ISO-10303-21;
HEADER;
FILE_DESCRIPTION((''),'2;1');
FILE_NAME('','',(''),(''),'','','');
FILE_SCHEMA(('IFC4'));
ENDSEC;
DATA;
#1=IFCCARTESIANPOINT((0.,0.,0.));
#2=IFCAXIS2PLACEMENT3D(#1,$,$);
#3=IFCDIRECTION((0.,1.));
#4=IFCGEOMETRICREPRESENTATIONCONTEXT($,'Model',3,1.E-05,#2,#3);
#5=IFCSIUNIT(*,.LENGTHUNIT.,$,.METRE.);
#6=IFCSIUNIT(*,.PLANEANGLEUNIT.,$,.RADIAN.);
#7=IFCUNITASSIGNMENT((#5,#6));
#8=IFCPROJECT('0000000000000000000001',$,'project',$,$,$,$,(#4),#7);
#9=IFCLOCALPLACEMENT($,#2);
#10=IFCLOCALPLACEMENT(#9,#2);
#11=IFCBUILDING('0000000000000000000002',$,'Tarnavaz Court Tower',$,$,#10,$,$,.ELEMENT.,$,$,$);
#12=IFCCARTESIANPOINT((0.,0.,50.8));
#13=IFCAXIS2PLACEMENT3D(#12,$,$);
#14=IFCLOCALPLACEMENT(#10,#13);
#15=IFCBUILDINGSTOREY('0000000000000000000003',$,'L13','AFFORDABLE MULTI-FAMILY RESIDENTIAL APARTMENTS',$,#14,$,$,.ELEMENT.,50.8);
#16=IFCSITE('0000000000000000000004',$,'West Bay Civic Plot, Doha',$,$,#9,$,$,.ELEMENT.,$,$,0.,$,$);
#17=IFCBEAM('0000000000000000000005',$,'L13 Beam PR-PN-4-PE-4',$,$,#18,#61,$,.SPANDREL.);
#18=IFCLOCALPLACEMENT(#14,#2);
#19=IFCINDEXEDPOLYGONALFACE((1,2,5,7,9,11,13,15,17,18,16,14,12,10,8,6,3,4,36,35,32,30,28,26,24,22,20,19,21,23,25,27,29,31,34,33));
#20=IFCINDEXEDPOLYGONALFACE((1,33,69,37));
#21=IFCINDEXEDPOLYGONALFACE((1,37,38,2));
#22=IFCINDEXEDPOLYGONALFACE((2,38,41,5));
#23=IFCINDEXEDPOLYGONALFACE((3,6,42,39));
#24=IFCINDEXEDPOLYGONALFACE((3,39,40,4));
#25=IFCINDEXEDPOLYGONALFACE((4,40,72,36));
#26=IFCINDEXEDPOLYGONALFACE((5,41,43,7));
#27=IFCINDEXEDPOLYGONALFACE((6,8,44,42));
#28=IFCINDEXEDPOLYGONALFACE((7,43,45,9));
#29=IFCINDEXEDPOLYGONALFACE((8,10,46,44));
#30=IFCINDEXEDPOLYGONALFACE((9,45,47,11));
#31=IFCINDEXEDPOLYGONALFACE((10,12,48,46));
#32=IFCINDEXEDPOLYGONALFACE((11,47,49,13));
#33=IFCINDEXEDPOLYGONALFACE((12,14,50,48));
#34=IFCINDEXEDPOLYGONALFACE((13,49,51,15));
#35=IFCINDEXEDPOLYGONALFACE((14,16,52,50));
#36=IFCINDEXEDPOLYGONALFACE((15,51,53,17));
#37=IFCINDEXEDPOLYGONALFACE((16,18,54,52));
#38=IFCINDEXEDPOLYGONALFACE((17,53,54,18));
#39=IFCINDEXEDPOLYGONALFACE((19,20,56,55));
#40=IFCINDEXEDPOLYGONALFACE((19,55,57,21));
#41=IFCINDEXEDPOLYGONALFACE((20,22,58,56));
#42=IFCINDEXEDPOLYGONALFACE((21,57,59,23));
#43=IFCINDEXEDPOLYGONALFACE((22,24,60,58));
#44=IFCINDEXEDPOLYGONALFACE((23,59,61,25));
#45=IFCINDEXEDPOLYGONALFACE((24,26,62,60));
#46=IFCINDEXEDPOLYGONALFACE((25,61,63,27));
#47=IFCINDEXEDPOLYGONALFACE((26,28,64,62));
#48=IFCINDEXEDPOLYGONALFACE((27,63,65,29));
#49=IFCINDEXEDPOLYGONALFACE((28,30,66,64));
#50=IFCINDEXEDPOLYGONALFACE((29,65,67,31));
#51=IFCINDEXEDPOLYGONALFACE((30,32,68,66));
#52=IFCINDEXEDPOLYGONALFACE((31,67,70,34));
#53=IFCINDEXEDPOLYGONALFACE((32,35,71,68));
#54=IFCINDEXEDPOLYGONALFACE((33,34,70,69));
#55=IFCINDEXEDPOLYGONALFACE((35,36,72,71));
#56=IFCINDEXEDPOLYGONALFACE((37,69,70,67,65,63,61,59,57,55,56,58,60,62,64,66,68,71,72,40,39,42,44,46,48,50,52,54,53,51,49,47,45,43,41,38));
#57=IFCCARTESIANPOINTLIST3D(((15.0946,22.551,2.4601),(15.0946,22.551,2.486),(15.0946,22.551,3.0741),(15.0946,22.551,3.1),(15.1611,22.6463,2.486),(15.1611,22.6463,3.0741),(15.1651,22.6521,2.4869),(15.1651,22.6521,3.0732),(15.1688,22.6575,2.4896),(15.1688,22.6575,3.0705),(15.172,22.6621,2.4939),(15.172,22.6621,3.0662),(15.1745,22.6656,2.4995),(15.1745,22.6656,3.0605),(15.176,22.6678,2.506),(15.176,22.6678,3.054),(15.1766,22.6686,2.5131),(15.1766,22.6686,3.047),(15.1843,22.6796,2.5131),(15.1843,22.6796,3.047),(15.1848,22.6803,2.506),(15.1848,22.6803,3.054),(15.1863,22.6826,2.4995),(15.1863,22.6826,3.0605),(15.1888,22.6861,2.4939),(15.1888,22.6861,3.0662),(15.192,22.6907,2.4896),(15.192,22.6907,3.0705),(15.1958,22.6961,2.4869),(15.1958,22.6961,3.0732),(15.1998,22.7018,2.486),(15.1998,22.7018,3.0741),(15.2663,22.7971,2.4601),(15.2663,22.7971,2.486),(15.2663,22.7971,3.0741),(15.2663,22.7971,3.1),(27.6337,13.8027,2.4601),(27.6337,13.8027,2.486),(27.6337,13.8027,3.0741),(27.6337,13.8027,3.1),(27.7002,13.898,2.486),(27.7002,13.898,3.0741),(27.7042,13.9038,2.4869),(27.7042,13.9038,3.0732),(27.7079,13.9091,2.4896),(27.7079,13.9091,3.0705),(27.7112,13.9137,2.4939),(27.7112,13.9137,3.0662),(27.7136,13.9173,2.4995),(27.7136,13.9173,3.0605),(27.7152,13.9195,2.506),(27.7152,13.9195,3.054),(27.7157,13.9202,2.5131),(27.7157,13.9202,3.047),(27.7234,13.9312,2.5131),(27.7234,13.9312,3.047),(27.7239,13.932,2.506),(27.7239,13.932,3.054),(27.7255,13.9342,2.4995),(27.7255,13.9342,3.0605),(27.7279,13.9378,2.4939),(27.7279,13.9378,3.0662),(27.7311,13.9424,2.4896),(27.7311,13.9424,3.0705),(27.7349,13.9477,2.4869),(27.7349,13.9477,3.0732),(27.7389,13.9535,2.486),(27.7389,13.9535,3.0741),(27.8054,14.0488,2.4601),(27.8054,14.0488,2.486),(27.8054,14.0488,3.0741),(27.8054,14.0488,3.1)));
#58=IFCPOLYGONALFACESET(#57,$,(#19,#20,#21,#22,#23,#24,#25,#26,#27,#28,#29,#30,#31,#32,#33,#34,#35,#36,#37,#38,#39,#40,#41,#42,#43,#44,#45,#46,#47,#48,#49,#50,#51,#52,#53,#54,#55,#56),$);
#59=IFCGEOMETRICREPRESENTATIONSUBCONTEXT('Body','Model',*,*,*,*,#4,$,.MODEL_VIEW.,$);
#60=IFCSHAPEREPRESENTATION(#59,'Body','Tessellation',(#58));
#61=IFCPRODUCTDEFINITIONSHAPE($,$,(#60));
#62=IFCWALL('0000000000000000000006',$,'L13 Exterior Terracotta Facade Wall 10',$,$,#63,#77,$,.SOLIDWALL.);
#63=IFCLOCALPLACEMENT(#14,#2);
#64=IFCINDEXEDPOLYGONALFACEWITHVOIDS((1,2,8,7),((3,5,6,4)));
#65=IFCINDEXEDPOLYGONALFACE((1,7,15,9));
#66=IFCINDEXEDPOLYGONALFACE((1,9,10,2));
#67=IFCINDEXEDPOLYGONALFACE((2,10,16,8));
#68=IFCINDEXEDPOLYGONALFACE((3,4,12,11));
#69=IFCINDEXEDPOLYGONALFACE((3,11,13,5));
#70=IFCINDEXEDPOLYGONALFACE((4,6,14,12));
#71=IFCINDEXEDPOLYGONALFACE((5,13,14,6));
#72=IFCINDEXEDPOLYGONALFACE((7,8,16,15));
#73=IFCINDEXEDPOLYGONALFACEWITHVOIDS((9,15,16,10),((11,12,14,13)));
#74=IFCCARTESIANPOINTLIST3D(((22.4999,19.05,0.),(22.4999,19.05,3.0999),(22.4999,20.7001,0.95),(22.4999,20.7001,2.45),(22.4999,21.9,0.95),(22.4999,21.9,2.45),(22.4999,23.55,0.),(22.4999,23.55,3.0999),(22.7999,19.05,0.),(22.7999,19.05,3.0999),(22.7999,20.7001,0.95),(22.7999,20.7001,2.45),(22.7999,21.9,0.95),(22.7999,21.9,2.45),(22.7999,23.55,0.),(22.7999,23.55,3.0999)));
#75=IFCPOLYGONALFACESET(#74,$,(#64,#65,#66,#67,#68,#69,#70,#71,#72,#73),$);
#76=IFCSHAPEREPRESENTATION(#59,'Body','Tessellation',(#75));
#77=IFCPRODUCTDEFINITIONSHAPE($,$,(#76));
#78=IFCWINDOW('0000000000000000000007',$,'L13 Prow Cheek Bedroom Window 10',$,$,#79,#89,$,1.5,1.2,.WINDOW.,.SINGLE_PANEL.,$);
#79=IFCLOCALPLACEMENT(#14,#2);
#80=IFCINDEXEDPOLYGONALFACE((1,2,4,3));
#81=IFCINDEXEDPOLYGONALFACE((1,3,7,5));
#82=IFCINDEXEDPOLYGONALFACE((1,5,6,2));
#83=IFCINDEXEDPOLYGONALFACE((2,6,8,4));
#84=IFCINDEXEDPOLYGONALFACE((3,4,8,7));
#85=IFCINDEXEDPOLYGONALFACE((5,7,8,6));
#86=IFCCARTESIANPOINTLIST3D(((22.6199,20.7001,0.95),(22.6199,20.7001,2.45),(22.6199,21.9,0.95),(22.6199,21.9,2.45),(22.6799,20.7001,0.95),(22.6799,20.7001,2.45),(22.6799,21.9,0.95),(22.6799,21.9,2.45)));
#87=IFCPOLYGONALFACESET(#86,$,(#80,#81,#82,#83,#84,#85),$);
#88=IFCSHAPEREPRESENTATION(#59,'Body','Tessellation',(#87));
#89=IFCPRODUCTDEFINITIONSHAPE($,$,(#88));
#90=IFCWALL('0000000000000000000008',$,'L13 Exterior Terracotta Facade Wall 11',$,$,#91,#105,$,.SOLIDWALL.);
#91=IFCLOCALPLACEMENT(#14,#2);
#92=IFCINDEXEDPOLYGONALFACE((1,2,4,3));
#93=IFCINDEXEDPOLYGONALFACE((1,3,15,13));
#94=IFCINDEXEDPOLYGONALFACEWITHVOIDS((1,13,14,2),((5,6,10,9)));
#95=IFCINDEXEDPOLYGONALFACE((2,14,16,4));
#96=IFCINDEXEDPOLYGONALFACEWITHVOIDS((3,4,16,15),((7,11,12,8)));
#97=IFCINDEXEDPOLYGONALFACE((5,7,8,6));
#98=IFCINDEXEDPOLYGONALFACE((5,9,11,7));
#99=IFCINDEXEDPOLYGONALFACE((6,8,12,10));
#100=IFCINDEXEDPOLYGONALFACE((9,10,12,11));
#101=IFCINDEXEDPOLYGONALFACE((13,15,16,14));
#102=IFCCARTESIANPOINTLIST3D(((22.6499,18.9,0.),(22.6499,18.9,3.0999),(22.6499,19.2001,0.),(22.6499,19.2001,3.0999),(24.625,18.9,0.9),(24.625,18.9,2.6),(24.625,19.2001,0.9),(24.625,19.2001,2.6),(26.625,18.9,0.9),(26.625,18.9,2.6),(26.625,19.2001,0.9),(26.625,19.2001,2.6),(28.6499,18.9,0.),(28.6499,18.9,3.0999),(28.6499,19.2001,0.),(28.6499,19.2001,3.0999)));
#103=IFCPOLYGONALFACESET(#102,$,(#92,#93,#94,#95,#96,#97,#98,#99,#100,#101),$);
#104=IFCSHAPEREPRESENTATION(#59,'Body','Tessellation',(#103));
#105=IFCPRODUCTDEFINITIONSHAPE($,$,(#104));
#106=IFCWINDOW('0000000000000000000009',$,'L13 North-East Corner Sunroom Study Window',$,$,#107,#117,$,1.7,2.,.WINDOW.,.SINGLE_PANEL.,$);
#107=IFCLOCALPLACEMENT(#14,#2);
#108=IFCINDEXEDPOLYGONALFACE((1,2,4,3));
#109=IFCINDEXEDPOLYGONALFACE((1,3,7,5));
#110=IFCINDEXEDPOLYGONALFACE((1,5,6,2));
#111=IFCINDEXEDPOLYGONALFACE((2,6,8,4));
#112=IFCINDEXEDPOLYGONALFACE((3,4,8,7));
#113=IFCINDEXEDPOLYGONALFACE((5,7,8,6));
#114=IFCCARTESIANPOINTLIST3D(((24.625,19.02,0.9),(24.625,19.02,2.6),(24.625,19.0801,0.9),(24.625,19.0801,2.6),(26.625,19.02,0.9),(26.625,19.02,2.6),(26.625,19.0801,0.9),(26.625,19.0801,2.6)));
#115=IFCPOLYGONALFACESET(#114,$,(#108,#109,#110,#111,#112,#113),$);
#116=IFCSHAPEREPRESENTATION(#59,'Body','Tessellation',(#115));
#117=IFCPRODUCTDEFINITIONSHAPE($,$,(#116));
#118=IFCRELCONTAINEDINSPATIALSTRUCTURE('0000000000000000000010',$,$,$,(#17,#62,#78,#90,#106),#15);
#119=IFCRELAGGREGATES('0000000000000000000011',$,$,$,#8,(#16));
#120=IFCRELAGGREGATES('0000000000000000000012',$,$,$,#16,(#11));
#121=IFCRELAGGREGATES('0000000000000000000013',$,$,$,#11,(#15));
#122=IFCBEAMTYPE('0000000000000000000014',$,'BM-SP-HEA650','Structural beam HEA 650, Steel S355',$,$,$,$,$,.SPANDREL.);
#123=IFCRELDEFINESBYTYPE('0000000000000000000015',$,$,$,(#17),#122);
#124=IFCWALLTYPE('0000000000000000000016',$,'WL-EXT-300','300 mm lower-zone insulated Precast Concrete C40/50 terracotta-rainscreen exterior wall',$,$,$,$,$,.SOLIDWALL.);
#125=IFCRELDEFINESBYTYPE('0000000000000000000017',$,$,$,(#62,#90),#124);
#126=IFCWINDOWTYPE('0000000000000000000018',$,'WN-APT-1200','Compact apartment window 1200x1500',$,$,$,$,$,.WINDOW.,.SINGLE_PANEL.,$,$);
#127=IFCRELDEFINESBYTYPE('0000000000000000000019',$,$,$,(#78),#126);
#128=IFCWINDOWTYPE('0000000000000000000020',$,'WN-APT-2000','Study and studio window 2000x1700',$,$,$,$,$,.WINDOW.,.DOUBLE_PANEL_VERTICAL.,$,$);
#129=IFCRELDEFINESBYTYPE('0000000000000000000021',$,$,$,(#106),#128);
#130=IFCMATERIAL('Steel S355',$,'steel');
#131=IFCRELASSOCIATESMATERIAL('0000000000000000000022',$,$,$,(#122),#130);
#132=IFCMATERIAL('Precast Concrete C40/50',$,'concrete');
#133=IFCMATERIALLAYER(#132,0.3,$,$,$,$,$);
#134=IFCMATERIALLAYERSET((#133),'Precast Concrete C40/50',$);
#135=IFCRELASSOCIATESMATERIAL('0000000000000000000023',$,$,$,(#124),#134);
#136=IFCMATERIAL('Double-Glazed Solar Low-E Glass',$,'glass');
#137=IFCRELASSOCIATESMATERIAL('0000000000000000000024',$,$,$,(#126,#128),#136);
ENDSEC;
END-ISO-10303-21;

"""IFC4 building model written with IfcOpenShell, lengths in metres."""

from ifc_helpers import new_model, si_unit, direction, frame, frame_2d, origin, origin_2d, place, context, subcontext, project, spatial, rectangle, i_section, extrude, material, layer, layer_set, material_profile, profile_set, type_object, element, fill, save


model = new_model("IFC4")

# Units and contexts
model_context = context("Model", 3, precision=1e-05, world=origin(), true_north=direction((0.0, 1.0)))
body_context = subcontext(model_context, "Body", "Model", "MODEL_VIEW")
ifc_project = project(units=[si_unit("LENGTHUNIT", "METRE"), si_unit("PLANEANGLEUNIT", "RADIAN")], contexts=[model_context])

# Site, building, storey
site_placement = place(None, origin())
site = spatial("IfcSite", under=ifc_project, at=site_placement, Name="West Bay Civic Plot, Doha", CompositionType="ELEMENT", RefElevation=0.0)
building_placement = place(site_placement, origin())
building = spatial("IfcBuilding", under=site, at=building_placement, Name="Tarnavaz Court Tower", CompositionType="ELEMENT")
storey_placement = place(building_placement, frame((0.0, 0.0, 50.8)))
storey = spatial("IfcBuildingStorey", under=building, at=storey_placement, Name="L13", Description="AFFORDABLE MULTI-FAMILY RESIDENTIAL APARTMENTS", CompositionType="ELEMENT", Elevation=50.8)

# Beam
ifc_material_1 = material(Name="Steel S355", Category="steel")
ifc_material_profile_1 = material_profile(ifc_material_1, i_section(OverallWidth=0.3, OverallDepth=0.6399, WebThickness=0.0134, FlangeThickness=0.0259, FilletRadius=0.0271, at=origin_2d()), Name="HEA 650")
ifc_profile_set_1 = profile_set([ifc_material_profile_1], Name="Steel S355")
beam_type_1 = type_object("IfcBeamType", Name="BM-SP-HEA650", Description="Structural beam HEA 650, Steel S355", PredefinedType="SPANDREL", material=ifc_profile_set_1)
beam_1_placement = place(storey_placement, frame((15.1804, 22.6741, 2.78), z_axis=(0.820124, -0.572186, 0.0), x_axis=(0.572186, 0.820124, 0.0)))
element("IfcBeam", 1, at=beam_1_placement, inside=storey, type_object=beam_type_1, Name="L13 Beam PR-PN-4-PE-4", PredefinedType="SPANDREL", context=body_context, shape_type="SweptSolid", body=[
    extrude(i_section(OverallWidth=0.3, OverallDepth=0.6399, WebThickness=0.0134, FlangeThickness=0.0259, FilletRadius=0.0271, at=origin_2d()), origin(), (0.0, 0.0, 1.0), 15.2893),
])

# Walls, openings, windows
ifc_material_2 = material(Name="Precast Concrete C40/50", Category="concrete")
ifc_layer_1 = layer(ifc_material_2, 0.3)
ifc_layer_set_1 = layer_set([ifc_layer_1], Name="Precast Concrete C40/50")
wall_type_1 = type_object("IfcWallType", Name="WL-EXT-300", Description="300 mm lower-zone insulated Precast Concrete C40/50 terracotta-rainscreen exterior wall", PredefinedType="SOLIDWALL", material=ifc_layer_set_1)
wall_1_placement = place(storey_placement, frame((22.6499, 23.55, 0.0), z_axis=(0.0, 0.0, 1.0), x_axis=(0.0, -1.0, 0.0)))
wall_1 = element("IfcWall", 2, at=wall_1_placement, inside=storey, type_object=wall_type_1, Name="L13 Exterior Terracotta Facade Wall 10", PredefinedType="SOLIDWALL", context=body_context, shape_type="SweptSolid", body=[
    extrude(rectangle(XDim=4.5, YDim=0.3, at=frame_2d((2.25, 0.0))), origin(), (0.0, 0.0, 1.0), 3.0999),
])
opening_1_placement = place(wall_1_placement, frame((1.6499, 0.0, 0.95)))
opening_1 = element("IfcOpeningElement", 3, at=opening_1_placement, cuts=wall_1, PredefinedType="OPENING", context=body_context, shape_type="SweptSolid", body=[
    extrude(rectangle(XDim=1.2, YDim=1.5, at=frame_2d((0.6001, 0.75))), frame((0.0, 0.1599, 0.0), z_axis=(0.0, -1.0, 0.0), x_axis=(1.0, 0.0, 0.0)), (0.0, 0.0, 1.0), 0.3201),
])
ifc_material_3 = material(Name="Double-Glazed Solar Low-E Glass", Category="glass")
window_type_1 = type_object("IfcWindowType", Name="WN-APT-1200", Description="Compact apartment window 1200x1500", PartitioningType="SINGLE_PANEL", PredefinedType="WINDOW", material=ifc_material_3)
window_1_placement = place(opening_1_placement, origin())
window_1 = element("IfcWindow", 4, at=window_1_placement, inside=storey, type_object=window_type_1, Name="L13 Prow Cheek Bedroom Window 10", OverallHeight=1.5, OverallWidth=1.2, PartitioningType="SINGLE_PANEL", PredefinedType="WINDOW", context=body_context, shape_type="SweptSolid", body=[
    extrude(rectangle(XDim=1.2, YDim=1.5, at=frame_2d((0.6001, 0.75))), frame((0.0, 0.03, 0.0), z_axis=(0.0, -1.0, 0.0), x_axis=(1.0, 0.0, 0.0)), (0.0, 0.0, 1.0), 0.0601),
])
fill(opening_1, window_1)
wall_2_placement = place(storey_placement, frame((22.6499, 19.05, 0.0), z_axis=(0.0, 0.0, 1.0), x_axis=(1.0, 0.0, 0.0)))
wall_2 = element("IfcWall", 5, at=wall_2_placement, inside=storey, type_object=wall_type_1, Name="L13 Exterior Terracotta Facade Wall 11", PredefinedType="SOLIDWALL", context=body_context, shape_type="SweptSolid", body=[
    extrude(rectangle(XDim=6.0, YDim=0.3, at=frame_2d((3.0, 0.0))), origin(), (0.0, 0.0, 1.0), 3.0999),
])
opening_2_placement = place(wall_2_placement, frame((1.9751, 0.0, 0.8999)))
opening_2 = element("IfcOpeningElement", 6, at=opening_2_placement, cuts=wall_2, PredefinedType="OPENING", context=body_context, shape_type="SweptSolid", body=[
    extrude(rectangle(XDim=2.0, YDim=1.7, at=frame_2d((1.0, 0.8501))), frame((0.0, 0.1599, 0.0), z_axis=(0.0, -1.0, 0.0), x_axis=(1.0, 0.0, 0.0)), (0.0, 0.0, 1.0), 0.3201),
])
window_type_2 = type_object("IfcWindowType", Name="WN-APT-2000", Description="Study and studio window 2000x1700", PartitioningType="DOUBLE_PANEL_VERTICAL", PredefinedType="WINDOW", material=ifc_material_3)
window_2_placement = place(opening_2_placement, origin())
window_2 = element("IfcWindow", 7, at=window_2_placement, inside=storey, type_object=window_type_2, Name="L13 North-East Corner Sunroom Study Window", OverallHeight=1.7, OverallWidth=2.0, PartitioningType="SINGLE_PANEL", PredefinedType="WINDOW", context=body_context, shape_type="SweptSolid", body=[
    extrude(rectangle(XDim=2.0, YDim=1.7, at=frame_2d((1.0, 0.8501))), frame((0.0, 0.03, 0.0), z_axis=(0.0, -1.0, 0.0), x_axis=(1.0, 0.0, 0.0)), (0.0, 0.0, 1.0), 0.0601),
])
fill(opening_2, window_2)

save(model, "model.ifc")
